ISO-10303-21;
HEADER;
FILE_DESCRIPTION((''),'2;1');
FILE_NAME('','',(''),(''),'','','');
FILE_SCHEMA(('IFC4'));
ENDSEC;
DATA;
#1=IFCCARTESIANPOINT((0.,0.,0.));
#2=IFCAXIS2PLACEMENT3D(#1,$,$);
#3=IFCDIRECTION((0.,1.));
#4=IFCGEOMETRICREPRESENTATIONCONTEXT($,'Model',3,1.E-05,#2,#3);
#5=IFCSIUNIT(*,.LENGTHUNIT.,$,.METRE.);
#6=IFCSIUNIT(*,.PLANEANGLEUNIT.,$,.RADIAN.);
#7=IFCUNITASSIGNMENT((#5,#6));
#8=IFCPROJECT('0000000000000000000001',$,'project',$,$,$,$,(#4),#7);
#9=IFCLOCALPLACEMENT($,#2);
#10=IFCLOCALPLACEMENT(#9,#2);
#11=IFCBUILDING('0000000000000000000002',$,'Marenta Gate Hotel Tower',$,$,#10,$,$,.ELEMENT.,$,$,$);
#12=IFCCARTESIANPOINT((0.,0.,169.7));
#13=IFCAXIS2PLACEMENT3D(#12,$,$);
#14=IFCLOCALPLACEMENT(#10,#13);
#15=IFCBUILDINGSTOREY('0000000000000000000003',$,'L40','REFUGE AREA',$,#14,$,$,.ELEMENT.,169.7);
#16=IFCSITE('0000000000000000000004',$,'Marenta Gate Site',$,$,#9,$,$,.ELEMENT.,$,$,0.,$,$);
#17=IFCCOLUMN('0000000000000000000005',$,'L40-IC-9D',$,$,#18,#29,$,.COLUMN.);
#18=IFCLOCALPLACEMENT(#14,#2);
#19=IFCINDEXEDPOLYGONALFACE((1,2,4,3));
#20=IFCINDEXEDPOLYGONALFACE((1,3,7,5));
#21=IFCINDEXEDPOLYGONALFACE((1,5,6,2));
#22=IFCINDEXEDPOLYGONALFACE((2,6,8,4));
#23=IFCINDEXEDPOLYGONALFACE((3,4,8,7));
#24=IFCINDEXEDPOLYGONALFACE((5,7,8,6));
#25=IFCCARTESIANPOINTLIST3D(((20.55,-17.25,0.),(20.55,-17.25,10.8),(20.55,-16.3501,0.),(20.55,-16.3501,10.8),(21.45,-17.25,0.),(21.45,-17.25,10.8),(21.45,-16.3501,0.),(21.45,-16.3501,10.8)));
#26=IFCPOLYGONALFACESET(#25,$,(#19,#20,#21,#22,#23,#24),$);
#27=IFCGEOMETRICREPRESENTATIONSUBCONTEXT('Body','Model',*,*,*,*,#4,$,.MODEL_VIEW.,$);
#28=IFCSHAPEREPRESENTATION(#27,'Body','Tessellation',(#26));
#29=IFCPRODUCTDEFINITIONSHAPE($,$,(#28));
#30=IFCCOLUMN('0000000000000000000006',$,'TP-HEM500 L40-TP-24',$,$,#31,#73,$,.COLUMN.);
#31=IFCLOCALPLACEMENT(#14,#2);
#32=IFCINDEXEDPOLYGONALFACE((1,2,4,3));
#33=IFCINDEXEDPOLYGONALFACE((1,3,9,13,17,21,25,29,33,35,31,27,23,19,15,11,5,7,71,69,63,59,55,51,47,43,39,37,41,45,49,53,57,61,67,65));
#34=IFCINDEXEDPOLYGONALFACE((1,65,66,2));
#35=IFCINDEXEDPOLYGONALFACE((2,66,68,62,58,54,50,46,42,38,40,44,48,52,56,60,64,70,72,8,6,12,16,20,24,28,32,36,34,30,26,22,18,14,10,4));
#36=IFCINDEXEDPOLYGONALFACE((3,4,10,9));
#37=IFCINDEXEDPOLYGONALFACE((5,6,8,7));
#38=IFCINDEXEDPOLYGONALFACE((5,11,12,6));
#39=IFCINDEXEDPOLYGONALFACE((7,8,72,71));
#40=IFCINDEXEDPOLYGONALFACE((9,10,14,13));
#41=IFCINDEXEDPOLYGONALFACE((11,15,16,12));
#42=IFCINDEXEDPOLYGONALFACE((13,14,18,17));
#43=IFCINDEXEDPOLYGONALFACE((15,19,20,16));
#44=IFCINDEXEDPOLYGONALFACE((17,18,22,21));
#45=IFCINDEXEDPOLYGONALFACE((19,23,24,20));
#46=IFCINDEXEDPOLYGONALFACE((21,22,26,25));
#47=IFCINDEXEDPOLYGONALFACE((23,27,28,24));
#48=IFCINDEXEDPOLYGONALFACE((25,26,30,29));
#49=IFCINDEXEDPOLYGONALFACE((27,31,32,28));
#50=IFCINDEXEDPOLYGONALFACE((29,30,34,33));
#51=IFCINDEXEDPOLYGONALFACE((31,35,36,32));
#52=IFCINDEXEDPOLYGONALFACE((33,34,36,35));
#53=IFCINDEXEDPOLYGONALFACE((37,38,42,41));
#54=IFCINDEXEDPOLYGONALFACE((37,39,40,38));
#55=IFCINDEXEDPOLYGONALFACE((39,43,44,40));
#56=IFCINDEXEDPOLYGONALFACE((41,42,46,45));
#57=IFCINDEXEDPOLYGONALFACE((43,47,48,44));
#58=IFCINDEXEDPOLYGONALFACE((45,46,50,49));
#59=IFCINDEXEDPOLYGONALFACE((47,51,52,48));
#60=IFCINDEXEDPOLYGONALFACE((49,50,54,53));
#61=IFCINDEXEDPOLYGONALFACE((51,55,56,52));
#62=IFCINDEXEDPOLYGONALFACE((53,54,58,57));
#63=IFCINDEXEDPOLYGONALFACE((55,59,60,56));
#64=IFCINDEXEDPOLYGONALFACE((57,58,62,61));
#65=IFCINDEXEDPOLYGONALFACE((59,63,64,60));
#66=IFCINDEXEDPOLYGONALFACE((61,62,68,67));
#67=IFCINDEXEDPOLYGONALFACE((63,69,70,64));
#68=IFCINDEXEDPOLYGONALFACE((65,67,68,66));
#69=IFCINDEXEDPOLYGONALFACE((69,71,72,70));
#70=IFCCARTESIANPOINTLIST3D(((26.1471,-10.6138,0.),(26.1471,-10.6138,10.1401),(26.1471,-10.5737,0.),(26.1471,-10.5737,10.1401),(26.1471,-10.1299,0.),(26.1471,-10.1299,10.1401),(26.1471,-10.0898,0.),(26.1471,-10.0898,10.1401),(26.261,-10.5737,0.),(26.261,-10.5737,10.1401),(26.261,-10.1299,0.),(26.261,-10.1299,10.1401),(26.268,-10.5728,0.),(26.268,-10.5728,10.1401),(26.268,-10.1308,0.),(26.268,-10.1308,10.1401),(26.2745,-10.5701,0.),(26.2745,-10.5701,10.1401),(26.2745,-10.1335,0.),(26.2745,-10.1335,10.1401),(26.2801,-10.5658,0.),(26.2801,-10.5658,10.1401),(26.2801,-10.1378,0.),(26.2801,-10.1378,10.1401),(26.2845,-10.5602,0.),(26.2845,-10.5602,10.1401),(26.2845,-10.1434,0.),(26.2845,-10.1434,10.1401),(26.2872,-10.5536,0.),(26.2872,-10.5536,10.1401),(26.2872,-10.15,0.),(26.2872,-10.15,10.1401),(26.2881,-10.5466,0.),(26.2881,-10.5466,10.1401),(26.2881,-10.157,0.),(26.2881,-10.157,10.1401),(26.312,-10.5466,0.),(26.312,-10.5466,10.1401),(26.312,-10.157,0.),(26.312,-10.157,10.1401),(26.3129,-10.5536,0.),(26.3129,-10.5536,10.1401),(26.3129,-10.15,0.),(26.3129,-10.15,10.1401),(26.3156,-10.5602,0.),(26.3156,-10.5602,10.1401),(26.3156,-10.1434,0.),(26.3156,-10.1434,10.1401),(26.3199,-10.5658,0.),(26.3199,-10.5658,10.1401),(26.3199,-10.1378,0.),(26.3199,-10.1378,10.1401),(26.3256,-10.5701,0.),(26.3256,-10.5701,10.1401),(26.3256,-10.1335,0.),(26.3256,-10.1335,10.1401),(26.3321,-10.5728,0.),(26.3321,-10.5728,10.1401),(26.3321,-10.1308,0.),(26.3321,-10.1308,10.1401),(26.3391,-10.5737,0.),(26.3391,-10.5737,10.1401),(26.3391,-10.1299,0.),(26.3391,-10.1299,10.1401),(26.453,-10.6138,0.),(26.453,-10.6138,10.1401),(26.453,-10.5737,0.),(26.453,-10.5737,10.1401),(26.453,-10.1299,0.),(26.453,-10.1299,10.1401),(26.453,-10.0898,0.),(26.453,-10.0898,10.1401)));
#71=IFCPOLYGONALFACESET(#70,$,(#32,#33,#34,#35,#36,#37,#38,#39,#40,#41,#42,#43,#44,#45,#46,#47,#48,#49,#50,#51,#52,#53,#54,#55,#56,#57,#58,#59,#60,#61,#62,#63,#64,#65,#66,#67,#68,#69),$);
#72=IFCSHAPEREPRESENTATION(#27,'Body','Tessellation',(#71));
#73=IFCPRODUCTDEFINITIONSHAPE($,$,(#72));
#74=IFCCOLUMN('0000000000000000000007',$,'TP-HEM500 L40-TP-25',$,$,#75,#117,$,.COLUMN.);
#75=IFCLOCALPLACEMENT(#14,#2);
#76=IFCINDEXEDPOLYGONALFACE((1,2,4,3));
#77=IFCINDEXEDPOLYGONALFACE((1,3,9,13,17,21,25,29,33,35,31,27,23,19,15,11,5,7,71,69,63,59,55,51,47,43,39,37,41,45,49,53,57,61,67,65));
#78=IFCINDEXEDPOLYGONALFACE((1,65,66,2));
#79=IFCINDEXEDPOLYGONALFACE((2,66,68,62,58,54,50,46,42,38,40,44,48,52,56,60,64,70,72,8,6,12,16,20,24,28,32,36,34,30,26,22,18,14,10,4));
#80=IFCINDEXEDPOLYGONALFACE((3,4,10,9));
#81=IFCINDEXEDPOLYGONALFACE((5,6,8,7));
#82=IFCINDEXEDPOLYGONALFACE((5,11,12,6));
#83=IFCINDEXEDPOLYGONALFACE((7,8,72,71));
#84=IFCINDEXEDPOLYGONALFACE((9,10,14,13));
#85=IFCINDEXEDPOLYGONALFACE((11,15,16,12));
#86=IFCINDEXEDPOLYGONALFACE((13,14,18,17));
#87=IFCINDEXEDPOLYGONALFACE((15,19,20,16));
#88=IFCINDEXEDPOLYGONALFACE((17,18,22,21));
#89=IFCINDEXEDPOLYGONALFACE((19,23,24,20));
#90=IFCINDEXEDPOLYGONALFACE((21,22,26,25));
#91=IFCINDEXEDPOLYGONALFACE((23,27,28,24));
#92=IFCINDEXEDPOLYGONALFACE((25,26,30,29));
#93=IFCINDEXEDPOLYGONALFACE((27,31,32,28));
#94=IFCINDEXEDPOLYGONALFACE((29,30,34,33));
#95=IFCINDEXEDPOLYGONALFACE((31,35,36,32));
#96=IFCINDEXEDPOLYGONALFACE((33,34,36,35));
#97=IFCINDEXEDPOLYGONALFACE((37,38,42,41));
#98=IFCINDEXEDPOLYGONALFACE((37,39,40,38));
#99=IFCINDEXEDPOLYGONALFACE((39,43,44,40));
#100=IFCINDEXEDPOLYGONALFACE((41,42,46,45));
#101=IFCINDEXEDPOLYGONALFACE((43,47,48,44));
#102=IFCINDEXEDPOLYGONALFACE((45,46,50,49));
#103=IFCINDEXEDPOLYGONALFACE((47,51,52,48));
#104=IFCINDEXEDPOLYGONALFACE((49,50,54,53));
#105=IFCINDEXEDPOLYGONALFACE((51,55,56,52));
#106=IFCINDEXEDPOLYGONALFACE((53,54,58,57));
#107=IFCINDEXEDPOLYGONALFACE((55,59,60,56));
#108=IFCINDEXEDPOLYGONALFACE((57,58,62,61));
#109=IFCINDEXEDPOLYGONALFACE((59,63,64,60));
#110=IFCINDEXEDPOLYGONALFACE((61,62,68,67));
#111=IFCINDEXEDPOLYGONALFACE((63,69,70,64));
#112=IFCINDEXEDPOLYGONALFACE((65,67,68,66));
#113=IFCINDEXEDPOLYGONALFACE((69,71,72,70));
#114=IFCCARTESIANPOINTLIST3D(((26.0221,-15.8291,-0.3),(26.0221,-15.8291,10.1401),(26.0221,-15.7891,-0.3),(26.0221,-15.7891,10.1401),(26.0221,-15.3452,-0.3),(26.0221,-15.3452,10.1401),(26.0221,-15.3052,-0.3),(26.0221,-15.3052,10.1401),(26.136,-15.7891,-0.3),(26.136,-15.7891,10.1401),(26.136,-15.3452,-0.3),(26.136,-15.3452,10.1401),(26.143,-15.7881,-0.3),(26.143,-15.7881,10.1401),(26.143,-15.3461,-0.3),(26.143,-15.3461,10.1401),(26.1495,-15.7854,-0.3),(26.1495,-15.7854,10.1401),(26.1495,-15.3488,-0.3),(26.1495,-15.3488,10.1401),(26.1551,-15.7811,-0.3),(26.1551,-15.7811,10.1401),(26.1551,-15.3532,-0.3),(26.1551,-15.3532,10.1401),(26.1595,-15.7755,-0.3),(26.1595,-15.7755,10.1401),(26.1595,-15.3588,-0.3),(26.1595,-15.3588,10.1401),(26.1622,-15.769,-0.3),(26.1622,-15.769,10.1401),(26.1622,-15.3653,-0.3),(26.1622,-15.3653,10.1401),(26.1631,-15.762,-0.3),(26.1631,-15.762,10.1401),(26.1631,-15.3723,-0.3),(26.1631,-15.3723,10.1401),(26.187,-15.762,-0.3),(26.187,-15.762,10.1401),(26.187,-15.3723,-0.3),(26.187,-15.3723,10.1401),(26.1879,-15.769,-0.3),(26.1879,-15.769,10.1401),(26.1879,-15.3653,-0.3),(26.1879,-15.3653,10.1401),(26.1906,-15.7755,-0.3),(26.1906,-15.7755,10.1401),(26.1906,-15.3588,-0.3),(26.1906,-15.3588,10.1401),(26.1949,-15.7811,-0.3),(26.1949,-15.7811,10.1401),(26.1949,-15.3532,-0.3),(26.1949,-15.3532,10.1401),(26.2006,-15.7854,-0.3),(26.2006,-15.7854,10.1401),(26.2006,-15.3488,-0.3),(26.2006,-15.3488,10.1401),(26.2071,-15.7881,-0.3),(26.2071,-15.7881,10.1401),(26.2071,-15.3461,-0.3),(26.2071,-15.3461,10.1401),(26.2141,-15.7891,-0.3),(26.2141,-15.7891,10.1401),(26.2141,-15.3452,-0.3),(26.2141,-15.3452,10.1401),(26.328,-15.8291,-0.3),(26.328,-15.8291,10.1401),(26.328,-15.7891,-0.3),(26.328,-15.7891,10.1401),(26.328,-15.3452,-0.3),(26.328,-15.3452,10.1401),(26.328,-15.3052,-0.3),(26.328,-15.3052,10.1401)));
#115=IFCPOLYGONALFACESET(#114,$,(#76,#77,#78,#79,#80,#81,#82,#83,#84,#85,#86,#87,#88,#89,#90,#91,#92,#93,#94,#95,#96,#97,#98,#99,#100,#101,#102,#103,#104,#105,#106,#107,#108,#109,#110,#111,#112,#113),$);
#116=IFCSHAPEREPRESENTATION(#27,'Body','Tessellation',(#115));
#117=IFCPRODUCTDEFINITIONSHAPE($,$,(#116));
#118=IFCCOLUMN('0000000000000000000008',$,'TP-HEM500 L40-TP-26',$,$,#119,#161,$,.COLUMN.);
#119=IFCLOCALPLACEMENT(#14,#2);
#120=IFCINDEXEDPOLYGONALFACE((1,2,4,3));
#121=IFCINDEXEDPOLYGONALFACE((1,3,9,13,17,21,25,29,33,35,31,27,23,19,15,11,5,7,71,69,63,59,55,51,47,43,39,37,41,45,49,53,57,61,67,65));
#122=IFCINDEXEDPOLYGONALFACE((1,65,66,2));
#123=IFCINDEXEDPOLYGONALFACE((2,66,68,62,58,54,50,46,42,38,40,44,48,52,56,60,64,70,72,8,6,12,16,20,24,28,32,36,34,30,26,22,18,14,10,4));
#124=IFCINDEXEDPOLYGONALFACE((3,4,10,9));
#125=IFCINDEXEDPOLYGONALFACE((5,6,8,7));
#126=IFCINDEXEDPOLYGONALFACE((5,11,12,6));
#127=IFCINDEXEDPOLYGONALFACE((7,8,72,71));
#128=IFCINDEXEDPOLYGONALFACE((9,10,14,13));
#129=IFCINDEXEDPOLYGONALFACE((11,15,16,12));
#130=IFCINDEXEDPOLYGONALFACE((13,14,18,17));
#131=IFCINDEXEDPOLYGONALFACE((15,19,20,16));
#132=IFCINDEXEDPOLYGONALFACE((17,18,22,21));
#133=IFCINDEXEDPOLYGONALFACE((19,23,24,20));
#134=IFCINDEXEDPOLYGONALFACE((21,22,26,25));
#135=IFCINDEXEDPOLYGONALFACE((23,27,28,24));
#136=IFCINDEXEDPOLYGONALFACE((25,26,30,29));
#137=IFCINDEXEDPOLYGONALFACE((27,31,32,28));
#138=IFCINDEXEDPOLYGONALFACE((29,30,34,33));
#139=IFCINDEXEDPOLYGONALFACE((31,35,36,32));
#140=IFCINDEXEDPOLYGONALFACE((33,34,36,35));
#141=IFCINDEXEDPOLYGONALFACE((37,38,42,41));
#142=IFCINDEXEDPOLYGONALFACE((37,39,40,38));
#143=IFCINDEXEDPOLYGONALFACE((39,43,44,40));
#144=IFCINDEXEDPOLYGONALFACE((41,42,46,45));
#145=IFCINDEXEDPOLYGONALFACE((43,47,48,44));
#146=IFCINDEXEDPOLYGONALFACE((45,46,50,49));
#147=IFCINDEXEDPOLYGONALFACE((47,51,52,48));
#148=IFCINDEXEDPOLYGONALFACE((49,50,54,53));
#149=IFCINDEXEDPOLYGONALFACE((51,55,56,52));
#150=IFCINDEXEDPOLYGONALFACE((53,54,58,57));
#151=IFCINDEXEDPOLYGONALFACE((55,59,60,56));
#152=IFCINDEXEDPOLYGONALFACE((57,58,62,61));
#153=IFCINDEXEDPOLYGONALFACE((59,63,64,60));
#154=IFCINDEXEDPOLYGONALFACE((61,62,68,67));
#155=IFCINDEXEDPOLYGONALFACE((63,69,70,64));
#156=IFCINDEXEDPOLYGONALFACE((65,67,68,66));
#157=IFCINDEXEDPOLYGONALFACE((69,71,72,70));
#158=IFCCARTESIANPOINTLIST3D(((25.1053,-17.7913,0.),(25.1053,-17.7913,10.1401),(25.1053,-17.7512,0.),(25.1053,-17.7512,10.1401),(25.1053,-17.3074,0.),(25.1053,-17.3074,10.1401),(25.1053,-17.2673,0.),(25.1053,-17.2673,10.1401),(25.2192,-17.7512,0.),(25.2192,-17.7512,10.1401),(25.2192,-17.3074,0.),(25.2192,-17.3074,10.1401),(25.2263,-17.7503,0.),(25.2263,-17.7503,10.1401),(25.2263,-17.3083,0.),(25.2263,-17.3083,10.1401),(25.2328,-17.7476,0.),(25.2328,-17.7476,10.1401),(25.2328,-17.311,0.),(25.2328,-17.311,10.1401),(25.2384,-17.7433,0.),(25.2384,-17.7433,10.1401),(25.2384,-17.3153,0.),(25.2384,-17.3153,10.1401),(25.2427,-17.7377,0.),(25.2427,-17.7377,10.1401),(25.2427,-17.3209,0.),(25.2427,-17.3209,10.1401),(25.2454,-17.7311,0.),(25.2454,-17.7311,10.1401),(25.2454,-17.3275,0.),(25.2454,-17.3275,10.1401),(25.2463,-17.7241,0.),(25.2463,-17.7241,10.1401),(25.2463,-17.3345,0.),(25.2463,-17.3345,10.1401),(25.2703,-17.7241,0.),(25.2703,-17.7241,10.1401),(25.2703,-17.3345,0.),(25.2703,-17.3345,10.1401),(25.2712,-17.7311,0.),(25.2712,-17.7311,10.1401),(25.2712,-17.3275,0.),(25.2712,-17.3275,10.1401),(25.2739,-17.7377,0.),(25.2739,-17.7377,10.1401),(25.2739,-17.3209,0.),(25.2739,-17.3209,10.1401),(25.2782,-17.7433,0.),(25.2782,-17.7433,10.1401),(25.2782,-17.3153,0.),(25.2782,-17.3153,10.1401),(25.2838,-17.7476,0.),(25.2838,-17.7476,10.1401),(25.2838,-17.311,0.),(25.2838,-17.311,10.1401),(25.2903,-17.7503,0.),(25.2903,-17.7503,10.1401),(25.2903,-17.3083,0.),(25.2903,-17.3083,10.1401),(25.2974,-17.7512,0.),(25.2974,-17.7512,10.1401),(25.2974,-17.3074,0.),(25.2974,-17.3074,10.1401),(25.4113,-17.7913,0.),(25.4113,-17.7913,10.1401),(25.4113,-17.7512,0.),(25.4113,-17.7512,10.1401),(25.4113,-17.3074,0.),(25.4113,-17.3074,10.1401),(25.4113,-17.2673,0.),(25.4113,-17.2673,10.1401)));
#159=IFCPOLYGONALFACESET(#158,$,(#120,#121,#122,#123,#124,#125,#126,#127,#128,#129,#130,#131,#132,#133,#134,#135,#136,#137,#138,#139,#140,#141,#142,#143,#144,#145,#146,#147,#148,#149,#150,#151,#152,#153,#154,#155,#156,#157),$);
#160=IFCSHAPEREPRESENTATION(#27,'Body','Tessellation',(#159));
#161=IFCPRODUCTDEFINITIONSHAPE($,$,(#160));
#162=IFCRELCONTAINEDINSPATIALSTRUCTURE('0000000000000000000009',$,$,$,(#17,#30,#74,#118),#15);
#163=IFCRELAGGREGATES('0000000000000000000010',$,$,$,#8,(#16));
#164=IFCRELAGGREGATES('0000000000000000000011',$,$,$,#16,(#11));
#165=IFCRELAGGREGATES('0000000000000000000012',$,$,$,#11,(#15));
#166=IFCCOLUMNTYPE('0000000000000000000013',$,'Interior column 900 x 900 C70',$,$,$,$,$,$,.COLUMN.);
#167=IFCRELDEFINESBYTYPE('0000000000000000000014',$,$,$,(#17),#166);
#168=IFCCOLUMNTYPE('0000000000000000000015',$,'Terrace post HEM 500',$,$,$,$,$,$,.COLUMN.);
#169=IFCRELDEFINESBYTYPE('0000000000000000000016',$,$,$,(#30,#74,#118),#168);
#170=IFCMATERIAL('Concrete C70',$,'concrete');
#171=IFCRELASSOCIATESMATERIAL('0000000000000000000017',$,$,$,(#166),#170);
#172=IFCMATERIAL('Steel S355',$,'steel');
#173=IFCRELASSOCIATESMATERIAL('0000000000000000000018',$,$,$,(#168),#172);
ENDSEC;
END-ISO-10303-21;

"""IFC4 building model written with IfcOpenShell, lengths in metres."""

from ifc_helpers import new_model, si_unit, direction, frame, origin, origin_2d, place, context, subcontext, project, spatial, rectangle, i_section, extrude, material, material_profile, profile_set, type_object, element, save


model = new_model("IFC4")

# Units and contexts
model_context = context("Model", 3, precision=1e-05, world=origin(), true_north=direction((0.0, 1.0)))
body_context = subcontext(model_context, "Body", "Model", "MODEL_VIEW")
ifc_project = project(units=[si_unit("LENGTHUNIT", "METRE"), si_unit("PLANEANGLEUNIT", "RADIAN")], contexts=[model_context])

# Site, building, storey
site_placement = place(None, origin())
site = spatial("IfcSite", under=ifc_project, at=site_placement, Name="Marenta Gate Site", CompositionType="ELEMENT", RefElevation=0.0)
building_placement = place(site_placement, origin())
building = spatial("IfcBuilding", under=site, at=building_placement, Name="Marenta Gate Hotel Tower", CompositionType="ELEMENT")
storey_placement = place(building_placement, frame((0.0, 0.0, 169.7)))
storey = spatial("IfcBuildingStorey", under=building, at=storey_placement, Name="L40", Description="REFUGE AREA", CompositionType="ELEMENT", Elevation=169.7)

# Columns
ifc_material_1 = material(Name="Concrete C70", Category="concrete")
ifc_material_profile_1 = material_profile(ifc_material_1, rectangle(XDim=0.8999, YDim=0.8999, at=origin_2d()), Name="900 x 900")
ifc_profile_set_1 = profile_set([ifc_material_profile_1], Name="Concrete C70")
column_type_1 = type_object("IfcColumnType", Name="Interior column 900 x 900 C70", PredefinedType="COLUMN", material=ifc_profile_set_1)
column_1_placement = place(storey_placement, frame((21.0, -16.8, 0.0), z_axis=(0.0, 0.0, 1.0), x_axis=(1.0, 0.0, 0.0)))
element("IfcColumn", 1, at=column_1_placement, inside=storey, type_object=column_type_1, Name="L40-IC-9D", PredefinedType="COLUMN", context=body_context, shape_type="SweptSolid", body=[
    extrude(rectangle(XDim=0.8999, YDim=0.8999, at=origin_2d()), origin(), (0.0, 0.0, 1.0), 10.8),
])
ifc_material_2 = material(Name="Steel S355", Category="steel")
ifc_material_profile_2 = material_profile(ifc_material_2, i_section(OverallWidth=0.3059, OverallDepth=0.5239, WebThickness=0.0239, FlangeThickness=0.04, FilletRadius=0.0271, at=origin_2d()), Name="HEM 500")
ifc_profile_set_2 = profile_set([ifc_material_profile_2], Name="Steel S355")
column_type_2 = type_object("IfcColumnType", Name="Terrace post HEM 500", PredefinedType="COLUMN", material=ifc_profile_set_2)
column_2_placement = place(storey_placement, frame((26.3, -10.3518, 0.0), z_axis=(0.0, 0.0, 1.0), x_axis=(1.0, 0.0, 0.0)))
element("IfcColumn", 2, at=column_2_placement, inside=storey, type_object=column_type_2, Name="TP-HEM500 L40-TP-24", PredefinedType="COLUMN", context=body_context, shape_type="SweptSolid", body=[
    extrude(i_section(OverallWidth=0.3059, OverallDepth=0.5239, WebThickness=0.0239, FlangeThickness=0.04, FilletRadius=0.0271, at=origin_2d()), origin(), (0.0, 0.0, 1.0), 10.1401),
])
column_3_placement = place(storey_placement, frame((26.175, -15.5671, -0.3), z_axis=(0.0, 0.0, 1.0), x_axis=(1.0, 0.0, 0.0)))
element("IfcColumn", 3, at=column_3_placement, inside=storey, type_object=column_type_2, Name="TP-HEM500 L40-TP-25", PredefinedType="COLUMN", context=body_context, shape_type="SweptSolid", body=[
    extrude(i_section(OverallWidth=0.3059, OverallDepth=0.5239, WebThickness=0.0239, FlangeThickness=0.04, FilletRadius=0.0271, at=origin_2d()), origin(), (0.0, 0.0, 1.0), 10.4402),
])
column_4_placement = place(storey_placement, frame((25.2583, -17.5293, 0.0), z_axis=(0.0, 0.0, 1.0), x_axis=(1.0, 0.0, 0.0)))
element("IfcColumn", 4, at=column_4_placement, inside=storey, type_object=column_type_2, Name="TP-HEM500 L40-TP-26", PredefinedType="COLUMN", context=body_context, shape_type="SweptSolid", body=[
    extrude(i_section(OverallWidth=0.3059, OverallDepth=0.5239, WebThickness=0.0239, FlangeThickness=0.04, FilletRadius=0.0271, at=origin_2d()), origin(), (0.0, 0.0, 1.0), 10.1401),
])

save(model, "model.ifc")
